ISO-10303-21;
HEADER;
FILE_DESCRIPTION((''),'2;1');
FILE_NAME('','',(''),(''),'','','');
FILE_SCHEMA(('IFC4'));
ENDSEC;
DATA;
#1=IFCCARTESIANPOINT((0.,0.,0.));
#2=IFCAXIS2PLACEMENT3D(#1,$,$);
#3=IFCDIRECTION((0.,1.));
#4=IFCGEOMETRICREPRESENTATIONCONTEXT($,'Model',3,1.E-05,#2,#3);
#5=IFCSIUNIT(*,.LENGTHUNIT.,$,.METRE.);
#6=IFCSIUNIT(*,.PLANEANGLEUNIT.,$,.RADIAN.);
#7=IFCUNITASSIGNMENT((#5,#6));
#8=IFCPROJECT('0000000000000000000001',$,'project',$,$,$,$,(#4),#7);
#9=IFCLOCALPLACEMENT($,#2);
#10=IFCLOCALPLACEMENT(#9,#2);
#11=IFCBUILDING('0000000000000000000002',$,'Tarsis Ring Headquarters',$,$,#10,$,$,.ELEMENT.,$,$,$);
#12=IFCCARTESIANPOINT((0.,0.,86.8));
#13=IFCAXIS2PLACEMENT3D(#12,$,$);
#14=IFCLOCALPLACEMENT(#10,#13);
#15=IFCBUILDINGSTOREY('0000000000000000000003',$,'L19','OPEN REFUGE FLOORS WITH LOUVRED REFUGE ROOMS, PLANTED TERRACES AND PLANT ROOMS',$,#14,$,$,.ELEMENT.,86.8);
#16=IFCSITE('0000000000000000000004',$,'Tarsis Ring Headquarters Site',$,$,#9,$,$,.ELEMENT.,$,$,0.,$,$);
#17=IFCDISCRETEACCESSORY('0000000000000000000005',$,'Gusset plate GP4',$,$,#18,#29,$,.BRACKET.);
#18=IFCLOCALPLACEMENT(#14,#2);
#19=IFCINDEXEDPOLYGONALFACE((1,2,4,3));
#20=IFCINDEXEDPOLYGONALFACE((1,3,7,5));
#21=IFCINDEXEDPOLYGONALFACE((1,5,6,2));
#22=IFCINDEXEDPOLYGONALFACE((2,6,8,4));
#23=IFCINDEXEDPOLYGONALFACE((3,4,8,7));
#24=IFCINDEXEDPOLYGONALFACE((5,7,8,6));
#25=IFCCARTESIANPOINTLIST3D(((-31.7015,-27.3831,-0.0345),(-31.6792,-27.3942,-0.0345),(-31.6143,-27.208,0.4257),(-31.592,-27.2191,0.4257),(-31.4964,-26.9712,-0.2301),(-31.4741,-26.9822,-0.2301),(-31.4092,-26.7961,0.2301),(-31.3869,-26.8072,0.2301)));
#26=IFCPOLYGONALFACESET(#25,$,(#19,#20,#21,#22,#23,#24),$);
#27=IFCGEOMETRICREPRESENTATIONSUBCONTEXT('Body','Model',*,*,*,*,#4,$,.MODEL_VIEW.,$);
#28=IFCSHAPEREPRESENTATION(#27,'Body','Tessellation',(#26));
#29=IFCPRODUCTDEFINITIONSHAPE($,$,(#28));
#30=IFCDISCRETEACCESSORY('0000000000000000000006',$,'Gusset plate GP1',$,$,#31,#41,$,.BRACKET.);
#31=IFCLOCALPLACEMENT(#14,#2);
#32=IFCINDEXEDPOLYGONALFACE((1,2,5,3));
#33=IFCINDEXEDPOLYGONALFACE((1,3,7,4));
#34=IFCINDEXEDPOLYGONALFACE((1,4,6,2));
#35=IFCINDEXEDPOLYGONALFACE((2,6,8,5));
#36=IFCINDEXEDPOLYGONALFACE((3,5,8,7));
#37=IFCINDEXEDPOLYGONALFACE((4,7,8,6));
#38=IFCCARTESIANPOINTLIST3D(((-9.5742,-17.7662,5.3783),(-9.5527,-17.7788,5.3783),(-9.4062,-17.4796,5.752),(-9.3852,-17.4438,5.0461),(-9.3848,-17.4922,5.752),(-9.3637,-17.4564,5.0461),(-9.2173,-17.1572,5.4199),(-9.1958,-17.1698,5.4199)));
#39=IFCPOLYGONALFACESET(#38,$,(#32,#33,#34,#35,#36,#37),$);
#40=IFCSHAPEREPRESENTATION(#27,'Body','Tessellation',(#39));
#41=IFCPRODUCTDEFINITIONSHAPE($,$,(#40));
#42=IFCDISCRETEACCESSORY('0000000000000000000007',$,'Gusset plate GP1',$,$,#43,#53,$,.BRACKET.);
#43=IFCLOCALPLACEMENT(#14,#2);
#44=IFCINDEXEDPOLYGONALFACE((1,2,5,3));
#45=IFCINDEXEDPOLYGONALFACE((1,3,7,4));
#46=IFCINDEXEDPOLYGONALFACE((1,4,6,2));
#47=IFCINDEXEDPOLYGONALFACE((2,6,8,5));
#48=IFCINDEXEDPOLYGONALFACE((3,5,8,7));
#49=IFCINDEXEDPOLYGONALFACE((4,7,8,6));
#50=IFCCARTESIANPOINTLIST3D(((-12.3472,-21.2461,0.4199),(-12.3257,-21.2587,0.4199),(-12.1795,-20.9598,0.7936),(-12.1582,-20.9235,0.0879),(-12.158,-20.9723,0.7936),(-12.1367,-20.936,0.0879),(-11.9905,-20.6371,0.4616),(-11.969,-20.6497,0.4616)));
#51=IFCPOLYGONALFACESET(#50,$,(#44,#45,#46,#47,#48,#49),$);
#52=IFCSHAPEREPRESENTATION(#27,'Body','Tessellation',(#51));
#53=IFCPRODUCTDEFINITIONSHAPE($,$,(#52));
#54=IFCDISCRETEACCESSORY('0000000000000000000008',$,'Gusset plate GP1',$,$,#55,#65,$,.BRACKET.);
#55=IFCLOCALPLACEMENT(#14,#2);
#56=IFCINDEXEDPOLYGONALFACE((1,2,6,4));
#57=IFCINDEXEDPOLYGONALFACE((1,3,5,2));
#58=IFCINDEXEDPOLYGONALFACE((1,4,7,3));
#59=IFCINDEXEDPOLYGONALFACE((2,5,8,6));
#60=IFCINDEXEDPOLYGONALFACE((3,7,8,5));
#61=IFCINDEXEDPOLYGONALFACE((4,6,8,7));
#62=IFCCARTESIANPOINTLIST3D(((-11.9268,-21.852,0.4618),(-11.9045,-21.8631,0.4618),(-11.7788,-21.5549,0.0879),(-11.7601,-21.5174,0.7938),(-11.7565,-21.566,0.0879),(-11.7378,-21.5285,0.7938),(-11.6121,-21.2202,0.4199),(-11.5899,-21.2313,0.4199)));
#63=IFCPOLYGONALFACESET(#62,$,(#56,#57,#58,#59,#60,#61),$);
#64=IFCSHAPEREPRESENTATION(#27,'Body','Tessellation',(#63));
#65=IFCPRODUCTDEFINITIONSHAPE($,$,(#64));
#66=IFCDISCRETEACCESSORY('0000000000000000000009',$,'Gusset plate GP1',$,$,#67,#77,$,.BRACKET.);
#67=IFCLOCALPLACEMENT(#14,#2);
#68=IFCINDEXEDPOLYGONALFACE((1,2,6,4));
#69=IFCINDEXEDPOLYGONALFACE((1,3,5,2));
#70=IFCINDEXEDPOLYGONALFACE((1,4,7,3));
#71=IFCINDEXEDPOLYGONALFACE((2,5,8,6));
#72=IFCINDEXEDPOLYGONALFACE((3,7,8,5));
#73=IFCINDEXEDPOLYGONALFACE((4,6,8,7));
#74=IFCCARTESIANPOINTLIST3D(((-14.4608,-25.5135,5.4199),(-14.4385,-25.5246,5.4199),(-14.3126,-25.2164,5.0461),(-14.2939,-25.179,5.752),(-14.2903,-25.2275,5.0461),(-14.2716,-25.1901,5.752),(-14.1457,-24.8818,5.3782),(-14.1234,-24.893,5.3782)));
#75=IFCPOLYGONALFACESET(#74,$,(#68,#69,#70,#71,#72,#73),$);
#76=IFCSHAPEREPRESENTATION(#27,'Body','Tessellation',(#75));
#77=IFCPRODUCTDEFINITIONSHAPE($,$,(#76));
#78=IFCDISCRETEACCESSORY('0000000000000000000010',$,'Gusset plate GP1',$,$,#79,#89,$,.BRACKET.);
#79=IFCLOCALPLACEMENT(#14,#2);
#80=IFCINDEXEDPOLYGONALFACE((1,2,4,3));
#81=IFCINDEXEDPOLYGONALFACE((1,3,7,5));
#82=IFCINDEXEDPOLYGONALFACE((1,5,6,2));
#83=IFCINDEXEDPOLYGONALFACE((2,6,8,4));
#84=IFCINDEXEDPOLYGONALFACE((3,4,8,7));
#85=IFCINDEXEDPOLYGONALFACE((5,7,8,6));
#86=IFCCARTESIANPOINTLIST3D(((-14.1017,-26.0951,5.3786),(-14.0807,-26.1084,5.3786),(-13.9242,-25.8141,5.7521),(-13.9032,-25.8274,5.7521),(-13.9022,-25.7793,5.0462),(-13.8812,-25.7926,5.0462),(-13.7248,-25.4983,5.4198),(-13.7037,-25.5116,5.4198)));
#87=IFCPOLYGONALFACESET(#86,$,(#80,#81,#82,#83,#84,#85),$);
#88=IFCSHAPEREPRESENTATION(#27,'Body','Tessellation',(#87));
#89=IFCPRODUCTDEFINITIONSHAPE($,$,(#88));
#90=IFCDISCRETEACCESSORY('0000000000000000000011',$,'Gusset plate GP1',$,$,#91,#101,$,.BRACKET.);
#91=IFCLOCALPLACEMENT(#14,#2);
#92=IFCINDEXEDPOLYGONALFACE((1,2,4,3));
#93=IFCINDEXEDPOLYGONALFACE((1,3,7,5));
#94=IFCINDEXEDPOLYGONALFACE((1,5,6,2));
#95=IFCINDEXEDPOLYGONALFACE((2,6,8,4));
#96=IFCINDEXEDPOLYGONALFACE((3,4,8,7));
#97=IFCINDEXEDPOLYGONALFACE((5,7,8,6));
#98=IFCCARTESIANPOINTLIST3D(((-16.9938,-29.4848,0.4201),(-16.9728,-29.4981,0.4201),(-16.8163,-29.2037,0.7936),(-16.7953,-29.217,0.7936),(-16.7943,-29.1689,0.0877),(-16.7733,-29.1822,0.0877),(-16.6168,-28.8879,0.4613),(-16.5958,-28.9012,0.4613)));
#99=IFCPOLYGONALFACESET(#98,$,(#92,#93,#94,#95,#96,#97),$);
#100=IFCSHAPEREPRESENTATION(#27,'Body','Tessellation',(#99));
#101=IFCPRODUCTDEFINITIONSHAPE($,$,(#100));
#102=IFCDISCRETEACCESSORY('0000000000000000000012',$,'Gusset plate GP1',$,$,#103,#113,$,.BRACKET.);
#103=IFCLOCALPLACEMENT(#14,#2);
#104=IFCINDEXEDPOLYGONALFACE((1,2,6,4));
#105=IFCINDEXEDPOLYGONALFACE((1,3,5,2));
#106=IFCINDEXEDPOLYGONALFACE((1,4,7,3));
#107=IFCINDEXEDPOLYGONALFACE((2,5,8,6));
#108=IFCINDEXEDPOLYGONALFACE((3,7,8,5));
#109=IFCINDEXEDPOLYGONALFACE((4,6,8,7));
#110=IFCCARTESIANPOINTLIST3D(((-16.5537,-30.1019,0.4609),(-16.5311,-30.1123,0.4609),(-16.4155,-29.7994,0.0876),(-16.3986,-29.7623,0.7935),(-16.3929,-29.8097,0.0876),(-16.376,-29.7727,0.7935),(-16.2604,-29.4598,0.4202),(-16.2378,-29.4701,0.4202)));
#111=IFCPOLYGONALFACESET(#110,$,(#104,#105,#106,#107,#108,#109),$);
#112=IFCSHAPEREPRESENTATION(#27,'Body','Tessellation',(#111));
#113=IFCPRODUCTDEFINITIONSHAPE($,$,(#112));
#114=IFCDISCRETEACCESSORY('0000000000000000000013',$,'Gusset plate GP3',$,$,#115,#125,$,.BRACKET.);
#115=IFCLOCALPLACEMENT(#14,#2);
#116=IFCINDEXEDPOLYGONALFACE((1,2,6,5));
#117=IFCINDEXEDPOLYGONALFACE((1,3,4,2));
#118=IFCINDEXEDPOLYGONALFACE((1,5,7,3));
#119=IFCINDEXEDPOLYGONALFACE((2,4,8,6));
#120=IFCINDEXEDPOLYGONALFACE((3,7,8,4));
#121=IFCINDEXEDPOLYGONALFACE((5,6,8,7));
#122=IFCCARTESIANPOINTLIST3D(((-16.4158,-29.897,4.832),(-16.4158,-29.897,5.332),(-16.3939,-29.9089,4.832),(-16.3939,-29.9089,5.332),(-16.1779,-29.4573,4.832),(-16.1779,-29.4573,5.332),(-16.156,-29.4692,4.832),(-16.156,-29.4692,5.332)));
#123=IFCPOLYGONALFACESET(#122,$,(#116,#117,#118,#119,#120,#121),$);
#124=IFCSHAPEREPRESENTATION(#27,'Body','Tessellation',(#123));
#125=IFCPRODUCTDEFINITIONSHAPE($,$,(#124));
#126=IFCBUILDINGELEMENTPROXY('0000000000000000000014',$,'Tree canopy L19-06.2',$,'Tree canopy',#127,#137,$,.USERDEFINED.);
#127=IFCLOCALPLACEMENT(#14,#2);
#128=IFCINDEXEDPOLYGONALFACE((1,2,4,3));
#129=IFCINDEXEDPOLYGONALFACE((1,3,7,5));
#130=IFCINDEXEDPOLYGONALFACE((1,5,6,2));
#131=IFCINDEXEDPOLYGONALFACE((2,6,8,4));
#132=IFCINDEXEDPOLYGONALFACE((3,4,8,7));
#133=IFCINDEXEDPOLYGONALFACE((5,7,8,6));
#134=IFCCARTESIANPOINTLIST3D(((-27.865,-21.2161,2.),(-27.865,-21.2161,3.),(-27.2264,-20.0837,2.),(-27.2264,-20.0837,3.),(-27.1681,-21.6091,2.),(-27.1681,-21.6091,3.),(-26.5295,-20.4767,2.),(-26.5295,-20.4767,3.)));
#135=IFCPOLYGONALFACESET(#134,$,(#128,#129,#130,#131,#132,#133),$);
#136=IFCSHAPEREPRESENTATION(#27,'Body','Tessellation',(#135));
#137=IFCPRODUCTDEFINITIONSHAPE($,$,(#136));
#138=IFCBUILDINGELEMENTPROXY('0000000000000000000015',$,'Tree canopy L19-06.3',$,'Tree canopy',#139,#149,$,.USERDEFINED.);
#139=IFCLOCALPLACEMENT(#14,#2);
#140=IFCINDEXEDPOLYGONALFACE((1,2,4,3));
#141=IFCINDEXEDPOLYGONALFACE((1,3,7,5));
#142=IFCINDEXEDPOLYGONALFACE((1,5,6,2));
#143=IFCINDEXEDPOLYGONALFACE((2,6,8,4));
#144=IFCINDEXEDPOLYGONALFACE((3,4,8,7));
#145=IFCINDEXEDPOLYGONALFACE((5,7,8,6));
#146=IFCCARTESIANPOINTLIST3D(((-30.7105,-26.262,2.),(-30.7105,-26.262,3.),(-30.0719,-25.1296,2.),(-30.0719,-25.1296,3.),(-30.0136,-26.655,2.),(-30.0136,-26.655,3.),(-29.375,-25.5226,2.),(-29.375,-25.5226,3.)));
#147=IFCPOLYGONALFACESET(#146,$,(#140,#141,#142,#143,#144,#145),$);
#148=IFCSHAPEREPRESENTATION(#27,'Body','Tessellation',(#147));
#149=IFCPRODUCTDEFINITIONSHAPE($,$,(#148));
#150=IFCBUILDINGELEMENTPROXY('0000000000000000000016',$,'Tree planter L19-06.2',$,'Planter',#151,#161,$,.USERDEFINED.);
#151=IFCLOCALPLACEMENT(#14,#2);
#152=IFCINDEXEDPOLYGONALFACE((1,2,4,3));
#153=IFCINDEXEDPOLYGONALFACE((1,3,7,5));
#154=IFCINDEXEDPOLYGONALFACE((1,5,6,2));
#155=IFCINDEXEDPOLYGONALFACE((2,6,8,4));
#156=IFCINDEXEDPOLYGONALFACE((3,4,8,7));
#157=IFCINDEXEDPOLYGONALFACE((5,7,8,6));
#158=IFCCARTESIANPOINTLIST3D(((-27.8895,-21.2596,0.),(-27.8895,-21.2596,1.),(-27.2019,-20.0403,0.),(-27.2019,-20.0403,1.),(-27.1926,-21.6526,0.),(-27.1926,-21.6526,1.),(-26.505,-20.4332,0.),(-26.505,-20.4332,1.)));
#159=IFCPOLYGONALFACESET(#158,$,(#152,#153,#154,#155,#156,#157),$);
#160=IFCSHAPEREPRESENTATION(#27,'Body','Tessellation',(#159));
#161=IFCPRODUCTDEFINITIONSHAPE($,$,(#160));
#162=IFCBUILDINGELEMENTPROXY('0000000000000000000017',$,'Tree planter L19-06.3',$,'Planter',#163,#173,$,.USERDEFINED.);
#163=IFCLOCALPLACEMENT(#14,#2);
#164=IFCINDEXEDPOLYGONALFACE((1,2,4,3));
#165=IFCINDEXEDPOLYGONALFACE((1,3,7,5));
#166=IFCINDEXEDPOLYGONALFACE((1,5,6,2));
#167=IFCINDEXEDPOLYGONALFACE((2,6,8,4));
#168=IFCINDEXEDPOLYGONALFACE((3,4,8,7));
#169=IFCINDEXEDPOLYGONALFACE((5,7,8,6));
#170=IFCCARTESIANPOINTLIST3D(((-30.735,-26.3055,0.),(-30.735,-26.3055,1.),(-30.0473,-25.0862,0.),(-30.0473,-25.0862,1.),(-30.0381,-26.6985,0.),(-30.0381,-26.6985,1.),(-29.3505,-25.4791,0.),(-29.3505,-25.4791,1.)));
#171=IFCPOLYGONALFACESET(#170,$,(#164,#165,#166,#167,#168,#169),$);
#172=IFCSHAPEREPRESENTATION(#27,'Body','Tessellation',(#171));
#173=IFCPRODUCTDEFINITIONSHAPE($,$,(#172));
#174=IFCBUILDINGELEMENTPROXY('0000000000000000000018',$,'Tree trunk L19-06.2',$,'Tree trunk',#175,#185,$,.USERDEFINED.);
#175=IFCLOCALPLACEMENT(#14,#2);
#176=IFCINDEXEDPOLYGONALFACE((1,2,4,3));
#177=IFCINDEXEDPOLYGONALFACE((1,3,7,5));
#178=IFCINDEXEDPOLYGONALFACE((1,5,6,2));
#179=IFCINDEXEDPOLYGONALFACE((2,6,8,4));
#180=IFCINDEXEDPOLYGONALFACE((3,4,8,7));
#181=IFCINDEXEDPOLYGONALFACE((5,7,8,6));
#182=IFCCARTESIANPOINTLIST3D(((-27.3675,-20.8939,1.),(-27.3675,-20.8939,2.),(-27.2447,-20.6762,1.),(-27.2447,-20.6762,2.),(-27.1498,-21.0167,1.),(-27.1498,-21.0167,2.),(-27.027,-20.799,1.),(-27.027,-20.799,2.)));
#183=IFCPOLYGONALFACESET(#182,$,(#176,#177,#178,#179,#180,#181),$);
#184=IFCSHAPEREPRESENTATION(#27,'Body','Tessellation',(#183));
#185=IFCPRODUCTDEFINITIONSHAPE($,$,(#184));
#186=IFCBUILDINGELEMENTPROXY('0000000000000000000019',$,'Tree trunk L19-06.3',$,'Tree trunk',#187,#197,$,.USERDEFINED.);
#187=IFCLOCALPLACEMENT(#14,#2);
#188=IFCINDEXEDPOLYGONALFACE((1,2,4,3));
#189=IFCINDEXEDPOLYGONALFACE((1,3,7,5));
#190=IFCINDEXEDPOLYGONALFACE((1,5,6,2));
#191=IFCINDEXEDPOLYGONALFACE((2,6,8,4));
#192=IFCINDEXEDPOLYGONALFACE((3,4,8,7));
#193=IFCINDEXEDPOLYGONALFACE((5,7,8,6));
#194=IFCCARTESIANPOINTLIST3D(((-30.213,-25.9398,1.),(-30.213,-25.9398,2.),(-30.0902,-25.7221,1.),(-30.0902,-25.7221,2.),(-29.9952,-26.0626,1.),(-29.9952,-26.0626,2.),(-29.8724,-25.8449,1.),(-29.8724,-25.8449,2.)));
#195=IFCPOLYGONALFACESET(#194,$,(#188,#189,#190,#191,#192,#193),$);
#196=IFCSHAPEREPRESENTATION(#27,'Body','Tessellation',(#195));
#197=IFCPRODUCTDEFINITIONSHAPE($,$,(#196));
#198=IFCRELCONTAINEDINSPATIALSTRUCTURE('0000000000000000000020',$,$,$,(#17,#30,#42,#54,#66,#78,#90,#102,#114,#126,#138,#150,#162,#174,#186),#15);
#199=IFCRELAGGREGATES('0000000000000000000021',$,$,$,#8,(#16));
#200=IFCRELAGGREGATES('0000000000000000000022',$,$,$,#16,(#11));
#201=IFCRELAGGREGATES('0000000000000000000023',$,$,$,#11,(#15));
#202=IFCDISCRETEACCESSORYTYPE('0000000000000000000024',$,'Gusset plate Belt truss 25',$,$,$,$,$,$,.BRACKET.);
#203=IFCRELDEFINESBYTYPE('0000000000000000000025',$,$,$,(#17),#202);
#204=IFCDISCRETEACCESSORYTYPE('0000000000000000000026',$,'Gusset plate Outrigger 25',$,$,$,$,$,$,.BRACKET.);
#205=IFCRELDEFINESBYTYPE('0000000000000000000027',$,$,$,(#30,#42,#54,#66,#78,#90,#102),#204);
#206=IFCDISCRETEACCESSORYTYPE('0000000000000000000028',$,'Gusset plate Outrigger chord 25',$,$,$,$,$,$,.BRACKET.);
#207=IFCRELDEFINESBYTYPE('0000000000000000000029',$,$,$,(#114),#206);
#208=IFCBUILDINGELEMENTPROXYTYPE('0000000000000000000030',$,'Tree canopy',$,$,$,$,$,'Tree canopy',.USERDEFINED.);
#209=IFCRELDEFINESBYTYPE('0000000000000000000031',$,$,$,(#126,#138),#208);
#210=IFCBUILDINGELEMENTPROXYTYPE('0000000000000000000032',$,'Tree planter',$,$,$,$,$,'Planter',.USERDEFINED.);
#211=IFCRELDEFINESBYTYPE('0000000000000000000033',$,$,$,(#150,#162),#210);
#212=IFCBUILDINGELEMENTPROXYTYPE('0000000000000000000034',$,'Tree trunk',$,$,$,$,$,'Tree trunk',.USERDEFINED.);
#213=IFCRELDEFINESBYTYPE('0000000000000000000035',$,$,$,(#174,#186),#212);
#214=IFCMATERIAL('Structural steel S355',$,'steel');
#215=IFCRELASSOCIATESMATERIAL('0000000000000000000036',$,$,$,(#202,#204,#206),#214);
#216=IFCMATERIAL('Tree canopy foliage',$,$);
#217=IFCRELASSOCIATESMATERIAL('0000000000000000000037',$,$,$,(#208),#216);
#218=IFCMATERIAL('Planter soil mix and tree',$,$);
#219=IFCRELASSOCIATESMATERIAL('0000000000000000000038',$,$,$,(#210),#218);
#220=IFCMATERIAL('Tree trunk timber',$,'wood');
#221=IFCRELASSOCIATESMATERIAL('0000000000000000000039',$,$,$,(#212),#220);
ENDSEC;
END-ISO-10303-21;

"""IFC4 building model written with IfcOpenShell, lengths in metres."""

from ifc_helpers import new_model, si_unit, direction, frame, origin, origin_2d, place, context, subcontext, project, spatial, rectangle, extrude, material, material_profile, profile_set, type_object, element, save


model = new_model("IFC4")

# Units and contexts
model_context = context("Model", 3, precision=1e-05, world=origin(), true_north=direction((0.0, 1.0)))
body_context = subcontext(model_context, "Body", "Model", "MODEL_VIEW")
ifc_project = project(units=[si_unit("LENGTHUNIT", "METRE"), si_unit("PLANEANGLEUNIT", "RADIAN")], contexts=[model_context])

# Site, building, storey
site_placement = place(None, origin())
site = spatial("IfcSite", under=ifc_project, at=site_placement, Name="Tarsis Ring Headquarters Site", CompositionType="ELEMENT", RefElevation=0.0)
building_placement = place(site_placement, origin())
building = spatial("IfcBuilding", under=site, at=building_placement, Name="Tarsis Ring Headquarters", CompositionType="ELEMENT")
storey_placement = place(building_placement, frame((0.0, 0.0, 86.8)))
storey = spatial("IfcBuildingStorey", under=building, at=storey_placement, Name="L19", Description="OPEN REFUGE FLOORS WITH LOUVRED REFUGE ROOMS, PLANTED TERRACES AND PLANT ROOMS", CompositionType="ELEMENT", Elevation=86.8)

# Shared definitions
ifc_material_1 = material(Name="Structural steel S355", Category="steel")

# Discrete accessories
ifc_material_profile_1 = material_profile(ifc_material_1, rectangle(XDim=0.0249, YDim=0.5, at=origin_2d()), Name="PL 25x500")
ifc_profile_set_1 = profile_set([ifc_material_profile_1], Name="Structural steel S355")
discrete_accessory_type_1 = type_object("IfcDiscreteAccessoryType", Name="Gusset plate Belt truss 25", PredefinedType="BRACKET", material=ifc_profile_set_1)
for number, where, z_axis, x_axis, name in (
    (1, (-31.4417, -26.8892, 0.0), (-0.410212, -0.823842, 0.391166), (0.895169, -0.445727, 0.0), "Gusset plate GP4"),
):
    element("IfcDiscreteAccessory", number, at=place(storey_placement, frame(where, z_axis=z_axis, x_axis=x_axis)), inside=storey, type_object=discrete_accessory_type_1, Name=name, PredefinedType="BRACKET", context=body_context, shape_type="SweptSolid", body=[
        extrude(rectangle(XDim=0.0249, YDim=0.5, at=origin_2d()), origin(), (0.0, 0.0, 1.0), 0.5),
    ])
discrete_accessory_type_2 = type_object("IfcDiscreteAccessoryType", Name="Gusset plate Outrigger 25", PredefinedType="BRACKET", material=ifc_profile_set_1)
discrete_accessory_1_placement = place(storey_placement, frame((-9.301, -17.3247, 5.5859), z_axis=(-0.335886, -0.573155, -0.747445), x_axis=(0.862764, -0.505606, 0.0)))
element("IfcDiscreteAccessory", 2, at=discrete_accessory_1_placement, inside=storey, type_object=discrete_accessory_type_2, Name="Gusset plate GP1", PredefinedType="BRACKET", context=body_context, shape_type="SweptSolid", body=[
    extrude(rectangle(XDim=0.0249, YDim=0.5, at=origin_2d()), origin(), (0.0, 0.0, 1.0), 0.5),
])
discrete_accessory_2_placement = place(storey_placement, frame((-12.2419, -21.0911, 0.2539), z_axis=(0.335547, 0.572921, 0.747777), x_axis=(-0.862897, 0.50538, 0.0)))
element("IfcDiscreteAccessory", 3, at=discrete_accessory_2_placement, inside=storey, type_object=discrete_accessory_type_2, Name="Gusset plate GP1", PredefinedType="BRACKET", context=body_context, shape_type="SweptSolid", body=[
    extrude(rectangle(XDim=0.0249, YDim=0.5, at=origin_2d()), origin(), (0.0, 0.0, 1.0), 0.4998),
])
for number, where, z_axis, x_axis, name in (
    (4, (-11.6843, -21.3931, 0.2539), (-0.29597, -0.594381, 0.747738), (0.895162, -0.445742, 0.0), "Gusset plate GP1"),
    (5, (-14.3662, -25.3518, 5.5859), (0.296415, 0.594295, -0.74763), (-0.894868, 0.446331, 0.0), "Gusset plate GP1"),
    (6, (-13.814, -25.6628, 5.5859), (-0.354984, -0.562017, -0.747077), (0.845471, -0.534021, 0.0), "Gusset plate GP1"),
    (7, (-16.8835, -29.3335, 0.2539), (0.354984, 0.562017, 0.747077), (-0.845471, 0.534021, 0.0), "Gusset plate GP1"),
    (8, (-16.3267, -29.6348, 0.2539), (-0.2764, -0.605052, 0.74667), (0.909585, -0.415517, 0.0), "Gusset plate GP1"),
):
    element("IfcDiscreteAccessory", number, at=place(storey_placement, frame(where, z_axis=z_axis, x_axis=x_axis)), inside=storey, type_object=discrete_accessory_type_2, Name=name, PredefinedType="BRACKET", context=body_context, shape_type="SweptSolid", body=[
        extrude(rectangle(XDim=0.0249, YDim=0.5, at=origin_2d()), origin(), (0.0, 0.0, 1.0), 0.5),
    ])
discrete_accessory_type_3 = type_object("IfcDiscreteAccessoryType", Name="Gusset plate Outrigger chord 25", PredefinedType="BRACKET", material=ifc_profile_set_1)
discrete_accessory_3_placement = place(storey_placement, frame((-16.2859, -29.6831, 5.332), z_axis=(0.0, 0.0, -1.0), x_axis=(0.879476, -0.475944, 0.0)))
element("IfcDiscreteAccessory", 9, at=discrete_accessory_3_placement, inside=storey, type_object=discrete_accessory_type_3, Name="Gusset plate GP3", PredefinedType="BRACKET", context=body_context, shape_type="SweptSolid", body=[
    extrude(rectangle(XDim=0.0249, YDim=0.5, at=origin_2d()), origin(), (0.0, 0.0, 1.0), 0.5),
])

# Building element proxies
ifc_material_2 = material(Name="Tree canopy foliage")
building_element_proxy_type_1 = type_object("IfcBuildingElementProxyType", Name="Tree canopy", ElementType="Tree canopy", PredefinedType="USERDEFINED", material=ifc_material_2)
for number, where, z_axis, x_axis, name in (
    (10, (-27.1973, -20.8464, 2.0), (0.0, 0.0, 1.0), (-0.491208, -0.871042, 0.0), "Tree canopy L19-06.2"),
    (11, (-30.0427, -25.8923, 2.0), (0.0, 0.0, 1.0), (-0.491208, -0.871042, 0.0), "Tree canopy L19-06.3"),
):
    element("IfcBuildingElementProxy", number, at=place(storey_placement, frame(where, z_axis=z_axis, x_axis=x_axis)), inside=storey, type_object=building_element_proxy_type_1, Name=name, ObjectType="Tree canopy", PredefinedType="USERDEFINED", context=body_context, shape_type="SweptSolid", body=[
        extrude(rectangle(XDim=1.3, YDim=0.8, at=origin_2d()), origin(), (0.0, 0.0, 1.0), 1.0),
    ])
ifc_material_3 = material(Name="Planter soil mix and tree")
building_element_proxy_type_2 = type_object("IfcBuildingElementProxyType", Name="Tree planter", ElementType="Planter", PredefinedType="USERDEFINED", material=ifc_material_3)
for number, where, z_axis, x_axis, name in (
    (12, (-27.1973, -20.8464, 0.0), (0.0, 0.0, 1.0), (-0.491208, -0.871042, 0.0), "Tree planter L19-06.2"),
    (13, (-30.0427, -25.8923, 0.0), (0.0, 0.0, 1.0), (-0.491208, -0.871042, 0.0), "Tree planter L19-06.3"),
):
    element("IfcBuildingElementProxy", number, at=place(storey_placement, frame(where, z_axis=z_axis, x_axis=x_axis)), inside=storey, type_object=building_element_proxy_type_2, Name=name, ObjectType="Planter", PredefinedType="USERDEFINED", context=body_context, shape_type="SweptSolid", body=[
        extrude(rectangle(XDim=1.3999, YDim=0.8, at=origin_2d()), origin(), (0.0, 0.0, 1.0), 1.0),
    ])
ifc_material_4 = material(Name="Tree trunk timber", Category="wood")
building_element_proxy_type_3 = type_object("IfcBuildingElementProxyType", Name="Tree trunk", ElementType="Tree trunk", PredefinedType="USERDEFINED", material=ifc_material_4)
for number, where, z_axis, x_axis, name in (
    (14, (-27.1973, -20.8464, 1.0), (0.0, 0.0, 1.0), (-0.491208, -0.871042, 0.0), "Tree trunk L19-06.2"),
    (15, (-30.0427, -25.8923, 1.0), (0.0, 0.0, 1.0), (-0.491208, -0.871042, 0.0), "Tree trunk L19-06.3"),
):
    element("IfcBuildingElementProxy", number, at=place(storey_placement, frame(where, z_axis=z_axis, x_axis=x_axis)), inside=storey, type_object=building_element_proxy_type_3, Name=name, ObjectType="Tree trunk", PredefinedType="USERDEFINED", context=body_context, shape_type="SweptSolid", body=[
        extrude(rectangle(XDim=0.25, YDim=0.25, at=origin_2d()), origin(), (0.0, 0.0, 1.0), 1.0),
    ])

save(model, "model.ifc")
